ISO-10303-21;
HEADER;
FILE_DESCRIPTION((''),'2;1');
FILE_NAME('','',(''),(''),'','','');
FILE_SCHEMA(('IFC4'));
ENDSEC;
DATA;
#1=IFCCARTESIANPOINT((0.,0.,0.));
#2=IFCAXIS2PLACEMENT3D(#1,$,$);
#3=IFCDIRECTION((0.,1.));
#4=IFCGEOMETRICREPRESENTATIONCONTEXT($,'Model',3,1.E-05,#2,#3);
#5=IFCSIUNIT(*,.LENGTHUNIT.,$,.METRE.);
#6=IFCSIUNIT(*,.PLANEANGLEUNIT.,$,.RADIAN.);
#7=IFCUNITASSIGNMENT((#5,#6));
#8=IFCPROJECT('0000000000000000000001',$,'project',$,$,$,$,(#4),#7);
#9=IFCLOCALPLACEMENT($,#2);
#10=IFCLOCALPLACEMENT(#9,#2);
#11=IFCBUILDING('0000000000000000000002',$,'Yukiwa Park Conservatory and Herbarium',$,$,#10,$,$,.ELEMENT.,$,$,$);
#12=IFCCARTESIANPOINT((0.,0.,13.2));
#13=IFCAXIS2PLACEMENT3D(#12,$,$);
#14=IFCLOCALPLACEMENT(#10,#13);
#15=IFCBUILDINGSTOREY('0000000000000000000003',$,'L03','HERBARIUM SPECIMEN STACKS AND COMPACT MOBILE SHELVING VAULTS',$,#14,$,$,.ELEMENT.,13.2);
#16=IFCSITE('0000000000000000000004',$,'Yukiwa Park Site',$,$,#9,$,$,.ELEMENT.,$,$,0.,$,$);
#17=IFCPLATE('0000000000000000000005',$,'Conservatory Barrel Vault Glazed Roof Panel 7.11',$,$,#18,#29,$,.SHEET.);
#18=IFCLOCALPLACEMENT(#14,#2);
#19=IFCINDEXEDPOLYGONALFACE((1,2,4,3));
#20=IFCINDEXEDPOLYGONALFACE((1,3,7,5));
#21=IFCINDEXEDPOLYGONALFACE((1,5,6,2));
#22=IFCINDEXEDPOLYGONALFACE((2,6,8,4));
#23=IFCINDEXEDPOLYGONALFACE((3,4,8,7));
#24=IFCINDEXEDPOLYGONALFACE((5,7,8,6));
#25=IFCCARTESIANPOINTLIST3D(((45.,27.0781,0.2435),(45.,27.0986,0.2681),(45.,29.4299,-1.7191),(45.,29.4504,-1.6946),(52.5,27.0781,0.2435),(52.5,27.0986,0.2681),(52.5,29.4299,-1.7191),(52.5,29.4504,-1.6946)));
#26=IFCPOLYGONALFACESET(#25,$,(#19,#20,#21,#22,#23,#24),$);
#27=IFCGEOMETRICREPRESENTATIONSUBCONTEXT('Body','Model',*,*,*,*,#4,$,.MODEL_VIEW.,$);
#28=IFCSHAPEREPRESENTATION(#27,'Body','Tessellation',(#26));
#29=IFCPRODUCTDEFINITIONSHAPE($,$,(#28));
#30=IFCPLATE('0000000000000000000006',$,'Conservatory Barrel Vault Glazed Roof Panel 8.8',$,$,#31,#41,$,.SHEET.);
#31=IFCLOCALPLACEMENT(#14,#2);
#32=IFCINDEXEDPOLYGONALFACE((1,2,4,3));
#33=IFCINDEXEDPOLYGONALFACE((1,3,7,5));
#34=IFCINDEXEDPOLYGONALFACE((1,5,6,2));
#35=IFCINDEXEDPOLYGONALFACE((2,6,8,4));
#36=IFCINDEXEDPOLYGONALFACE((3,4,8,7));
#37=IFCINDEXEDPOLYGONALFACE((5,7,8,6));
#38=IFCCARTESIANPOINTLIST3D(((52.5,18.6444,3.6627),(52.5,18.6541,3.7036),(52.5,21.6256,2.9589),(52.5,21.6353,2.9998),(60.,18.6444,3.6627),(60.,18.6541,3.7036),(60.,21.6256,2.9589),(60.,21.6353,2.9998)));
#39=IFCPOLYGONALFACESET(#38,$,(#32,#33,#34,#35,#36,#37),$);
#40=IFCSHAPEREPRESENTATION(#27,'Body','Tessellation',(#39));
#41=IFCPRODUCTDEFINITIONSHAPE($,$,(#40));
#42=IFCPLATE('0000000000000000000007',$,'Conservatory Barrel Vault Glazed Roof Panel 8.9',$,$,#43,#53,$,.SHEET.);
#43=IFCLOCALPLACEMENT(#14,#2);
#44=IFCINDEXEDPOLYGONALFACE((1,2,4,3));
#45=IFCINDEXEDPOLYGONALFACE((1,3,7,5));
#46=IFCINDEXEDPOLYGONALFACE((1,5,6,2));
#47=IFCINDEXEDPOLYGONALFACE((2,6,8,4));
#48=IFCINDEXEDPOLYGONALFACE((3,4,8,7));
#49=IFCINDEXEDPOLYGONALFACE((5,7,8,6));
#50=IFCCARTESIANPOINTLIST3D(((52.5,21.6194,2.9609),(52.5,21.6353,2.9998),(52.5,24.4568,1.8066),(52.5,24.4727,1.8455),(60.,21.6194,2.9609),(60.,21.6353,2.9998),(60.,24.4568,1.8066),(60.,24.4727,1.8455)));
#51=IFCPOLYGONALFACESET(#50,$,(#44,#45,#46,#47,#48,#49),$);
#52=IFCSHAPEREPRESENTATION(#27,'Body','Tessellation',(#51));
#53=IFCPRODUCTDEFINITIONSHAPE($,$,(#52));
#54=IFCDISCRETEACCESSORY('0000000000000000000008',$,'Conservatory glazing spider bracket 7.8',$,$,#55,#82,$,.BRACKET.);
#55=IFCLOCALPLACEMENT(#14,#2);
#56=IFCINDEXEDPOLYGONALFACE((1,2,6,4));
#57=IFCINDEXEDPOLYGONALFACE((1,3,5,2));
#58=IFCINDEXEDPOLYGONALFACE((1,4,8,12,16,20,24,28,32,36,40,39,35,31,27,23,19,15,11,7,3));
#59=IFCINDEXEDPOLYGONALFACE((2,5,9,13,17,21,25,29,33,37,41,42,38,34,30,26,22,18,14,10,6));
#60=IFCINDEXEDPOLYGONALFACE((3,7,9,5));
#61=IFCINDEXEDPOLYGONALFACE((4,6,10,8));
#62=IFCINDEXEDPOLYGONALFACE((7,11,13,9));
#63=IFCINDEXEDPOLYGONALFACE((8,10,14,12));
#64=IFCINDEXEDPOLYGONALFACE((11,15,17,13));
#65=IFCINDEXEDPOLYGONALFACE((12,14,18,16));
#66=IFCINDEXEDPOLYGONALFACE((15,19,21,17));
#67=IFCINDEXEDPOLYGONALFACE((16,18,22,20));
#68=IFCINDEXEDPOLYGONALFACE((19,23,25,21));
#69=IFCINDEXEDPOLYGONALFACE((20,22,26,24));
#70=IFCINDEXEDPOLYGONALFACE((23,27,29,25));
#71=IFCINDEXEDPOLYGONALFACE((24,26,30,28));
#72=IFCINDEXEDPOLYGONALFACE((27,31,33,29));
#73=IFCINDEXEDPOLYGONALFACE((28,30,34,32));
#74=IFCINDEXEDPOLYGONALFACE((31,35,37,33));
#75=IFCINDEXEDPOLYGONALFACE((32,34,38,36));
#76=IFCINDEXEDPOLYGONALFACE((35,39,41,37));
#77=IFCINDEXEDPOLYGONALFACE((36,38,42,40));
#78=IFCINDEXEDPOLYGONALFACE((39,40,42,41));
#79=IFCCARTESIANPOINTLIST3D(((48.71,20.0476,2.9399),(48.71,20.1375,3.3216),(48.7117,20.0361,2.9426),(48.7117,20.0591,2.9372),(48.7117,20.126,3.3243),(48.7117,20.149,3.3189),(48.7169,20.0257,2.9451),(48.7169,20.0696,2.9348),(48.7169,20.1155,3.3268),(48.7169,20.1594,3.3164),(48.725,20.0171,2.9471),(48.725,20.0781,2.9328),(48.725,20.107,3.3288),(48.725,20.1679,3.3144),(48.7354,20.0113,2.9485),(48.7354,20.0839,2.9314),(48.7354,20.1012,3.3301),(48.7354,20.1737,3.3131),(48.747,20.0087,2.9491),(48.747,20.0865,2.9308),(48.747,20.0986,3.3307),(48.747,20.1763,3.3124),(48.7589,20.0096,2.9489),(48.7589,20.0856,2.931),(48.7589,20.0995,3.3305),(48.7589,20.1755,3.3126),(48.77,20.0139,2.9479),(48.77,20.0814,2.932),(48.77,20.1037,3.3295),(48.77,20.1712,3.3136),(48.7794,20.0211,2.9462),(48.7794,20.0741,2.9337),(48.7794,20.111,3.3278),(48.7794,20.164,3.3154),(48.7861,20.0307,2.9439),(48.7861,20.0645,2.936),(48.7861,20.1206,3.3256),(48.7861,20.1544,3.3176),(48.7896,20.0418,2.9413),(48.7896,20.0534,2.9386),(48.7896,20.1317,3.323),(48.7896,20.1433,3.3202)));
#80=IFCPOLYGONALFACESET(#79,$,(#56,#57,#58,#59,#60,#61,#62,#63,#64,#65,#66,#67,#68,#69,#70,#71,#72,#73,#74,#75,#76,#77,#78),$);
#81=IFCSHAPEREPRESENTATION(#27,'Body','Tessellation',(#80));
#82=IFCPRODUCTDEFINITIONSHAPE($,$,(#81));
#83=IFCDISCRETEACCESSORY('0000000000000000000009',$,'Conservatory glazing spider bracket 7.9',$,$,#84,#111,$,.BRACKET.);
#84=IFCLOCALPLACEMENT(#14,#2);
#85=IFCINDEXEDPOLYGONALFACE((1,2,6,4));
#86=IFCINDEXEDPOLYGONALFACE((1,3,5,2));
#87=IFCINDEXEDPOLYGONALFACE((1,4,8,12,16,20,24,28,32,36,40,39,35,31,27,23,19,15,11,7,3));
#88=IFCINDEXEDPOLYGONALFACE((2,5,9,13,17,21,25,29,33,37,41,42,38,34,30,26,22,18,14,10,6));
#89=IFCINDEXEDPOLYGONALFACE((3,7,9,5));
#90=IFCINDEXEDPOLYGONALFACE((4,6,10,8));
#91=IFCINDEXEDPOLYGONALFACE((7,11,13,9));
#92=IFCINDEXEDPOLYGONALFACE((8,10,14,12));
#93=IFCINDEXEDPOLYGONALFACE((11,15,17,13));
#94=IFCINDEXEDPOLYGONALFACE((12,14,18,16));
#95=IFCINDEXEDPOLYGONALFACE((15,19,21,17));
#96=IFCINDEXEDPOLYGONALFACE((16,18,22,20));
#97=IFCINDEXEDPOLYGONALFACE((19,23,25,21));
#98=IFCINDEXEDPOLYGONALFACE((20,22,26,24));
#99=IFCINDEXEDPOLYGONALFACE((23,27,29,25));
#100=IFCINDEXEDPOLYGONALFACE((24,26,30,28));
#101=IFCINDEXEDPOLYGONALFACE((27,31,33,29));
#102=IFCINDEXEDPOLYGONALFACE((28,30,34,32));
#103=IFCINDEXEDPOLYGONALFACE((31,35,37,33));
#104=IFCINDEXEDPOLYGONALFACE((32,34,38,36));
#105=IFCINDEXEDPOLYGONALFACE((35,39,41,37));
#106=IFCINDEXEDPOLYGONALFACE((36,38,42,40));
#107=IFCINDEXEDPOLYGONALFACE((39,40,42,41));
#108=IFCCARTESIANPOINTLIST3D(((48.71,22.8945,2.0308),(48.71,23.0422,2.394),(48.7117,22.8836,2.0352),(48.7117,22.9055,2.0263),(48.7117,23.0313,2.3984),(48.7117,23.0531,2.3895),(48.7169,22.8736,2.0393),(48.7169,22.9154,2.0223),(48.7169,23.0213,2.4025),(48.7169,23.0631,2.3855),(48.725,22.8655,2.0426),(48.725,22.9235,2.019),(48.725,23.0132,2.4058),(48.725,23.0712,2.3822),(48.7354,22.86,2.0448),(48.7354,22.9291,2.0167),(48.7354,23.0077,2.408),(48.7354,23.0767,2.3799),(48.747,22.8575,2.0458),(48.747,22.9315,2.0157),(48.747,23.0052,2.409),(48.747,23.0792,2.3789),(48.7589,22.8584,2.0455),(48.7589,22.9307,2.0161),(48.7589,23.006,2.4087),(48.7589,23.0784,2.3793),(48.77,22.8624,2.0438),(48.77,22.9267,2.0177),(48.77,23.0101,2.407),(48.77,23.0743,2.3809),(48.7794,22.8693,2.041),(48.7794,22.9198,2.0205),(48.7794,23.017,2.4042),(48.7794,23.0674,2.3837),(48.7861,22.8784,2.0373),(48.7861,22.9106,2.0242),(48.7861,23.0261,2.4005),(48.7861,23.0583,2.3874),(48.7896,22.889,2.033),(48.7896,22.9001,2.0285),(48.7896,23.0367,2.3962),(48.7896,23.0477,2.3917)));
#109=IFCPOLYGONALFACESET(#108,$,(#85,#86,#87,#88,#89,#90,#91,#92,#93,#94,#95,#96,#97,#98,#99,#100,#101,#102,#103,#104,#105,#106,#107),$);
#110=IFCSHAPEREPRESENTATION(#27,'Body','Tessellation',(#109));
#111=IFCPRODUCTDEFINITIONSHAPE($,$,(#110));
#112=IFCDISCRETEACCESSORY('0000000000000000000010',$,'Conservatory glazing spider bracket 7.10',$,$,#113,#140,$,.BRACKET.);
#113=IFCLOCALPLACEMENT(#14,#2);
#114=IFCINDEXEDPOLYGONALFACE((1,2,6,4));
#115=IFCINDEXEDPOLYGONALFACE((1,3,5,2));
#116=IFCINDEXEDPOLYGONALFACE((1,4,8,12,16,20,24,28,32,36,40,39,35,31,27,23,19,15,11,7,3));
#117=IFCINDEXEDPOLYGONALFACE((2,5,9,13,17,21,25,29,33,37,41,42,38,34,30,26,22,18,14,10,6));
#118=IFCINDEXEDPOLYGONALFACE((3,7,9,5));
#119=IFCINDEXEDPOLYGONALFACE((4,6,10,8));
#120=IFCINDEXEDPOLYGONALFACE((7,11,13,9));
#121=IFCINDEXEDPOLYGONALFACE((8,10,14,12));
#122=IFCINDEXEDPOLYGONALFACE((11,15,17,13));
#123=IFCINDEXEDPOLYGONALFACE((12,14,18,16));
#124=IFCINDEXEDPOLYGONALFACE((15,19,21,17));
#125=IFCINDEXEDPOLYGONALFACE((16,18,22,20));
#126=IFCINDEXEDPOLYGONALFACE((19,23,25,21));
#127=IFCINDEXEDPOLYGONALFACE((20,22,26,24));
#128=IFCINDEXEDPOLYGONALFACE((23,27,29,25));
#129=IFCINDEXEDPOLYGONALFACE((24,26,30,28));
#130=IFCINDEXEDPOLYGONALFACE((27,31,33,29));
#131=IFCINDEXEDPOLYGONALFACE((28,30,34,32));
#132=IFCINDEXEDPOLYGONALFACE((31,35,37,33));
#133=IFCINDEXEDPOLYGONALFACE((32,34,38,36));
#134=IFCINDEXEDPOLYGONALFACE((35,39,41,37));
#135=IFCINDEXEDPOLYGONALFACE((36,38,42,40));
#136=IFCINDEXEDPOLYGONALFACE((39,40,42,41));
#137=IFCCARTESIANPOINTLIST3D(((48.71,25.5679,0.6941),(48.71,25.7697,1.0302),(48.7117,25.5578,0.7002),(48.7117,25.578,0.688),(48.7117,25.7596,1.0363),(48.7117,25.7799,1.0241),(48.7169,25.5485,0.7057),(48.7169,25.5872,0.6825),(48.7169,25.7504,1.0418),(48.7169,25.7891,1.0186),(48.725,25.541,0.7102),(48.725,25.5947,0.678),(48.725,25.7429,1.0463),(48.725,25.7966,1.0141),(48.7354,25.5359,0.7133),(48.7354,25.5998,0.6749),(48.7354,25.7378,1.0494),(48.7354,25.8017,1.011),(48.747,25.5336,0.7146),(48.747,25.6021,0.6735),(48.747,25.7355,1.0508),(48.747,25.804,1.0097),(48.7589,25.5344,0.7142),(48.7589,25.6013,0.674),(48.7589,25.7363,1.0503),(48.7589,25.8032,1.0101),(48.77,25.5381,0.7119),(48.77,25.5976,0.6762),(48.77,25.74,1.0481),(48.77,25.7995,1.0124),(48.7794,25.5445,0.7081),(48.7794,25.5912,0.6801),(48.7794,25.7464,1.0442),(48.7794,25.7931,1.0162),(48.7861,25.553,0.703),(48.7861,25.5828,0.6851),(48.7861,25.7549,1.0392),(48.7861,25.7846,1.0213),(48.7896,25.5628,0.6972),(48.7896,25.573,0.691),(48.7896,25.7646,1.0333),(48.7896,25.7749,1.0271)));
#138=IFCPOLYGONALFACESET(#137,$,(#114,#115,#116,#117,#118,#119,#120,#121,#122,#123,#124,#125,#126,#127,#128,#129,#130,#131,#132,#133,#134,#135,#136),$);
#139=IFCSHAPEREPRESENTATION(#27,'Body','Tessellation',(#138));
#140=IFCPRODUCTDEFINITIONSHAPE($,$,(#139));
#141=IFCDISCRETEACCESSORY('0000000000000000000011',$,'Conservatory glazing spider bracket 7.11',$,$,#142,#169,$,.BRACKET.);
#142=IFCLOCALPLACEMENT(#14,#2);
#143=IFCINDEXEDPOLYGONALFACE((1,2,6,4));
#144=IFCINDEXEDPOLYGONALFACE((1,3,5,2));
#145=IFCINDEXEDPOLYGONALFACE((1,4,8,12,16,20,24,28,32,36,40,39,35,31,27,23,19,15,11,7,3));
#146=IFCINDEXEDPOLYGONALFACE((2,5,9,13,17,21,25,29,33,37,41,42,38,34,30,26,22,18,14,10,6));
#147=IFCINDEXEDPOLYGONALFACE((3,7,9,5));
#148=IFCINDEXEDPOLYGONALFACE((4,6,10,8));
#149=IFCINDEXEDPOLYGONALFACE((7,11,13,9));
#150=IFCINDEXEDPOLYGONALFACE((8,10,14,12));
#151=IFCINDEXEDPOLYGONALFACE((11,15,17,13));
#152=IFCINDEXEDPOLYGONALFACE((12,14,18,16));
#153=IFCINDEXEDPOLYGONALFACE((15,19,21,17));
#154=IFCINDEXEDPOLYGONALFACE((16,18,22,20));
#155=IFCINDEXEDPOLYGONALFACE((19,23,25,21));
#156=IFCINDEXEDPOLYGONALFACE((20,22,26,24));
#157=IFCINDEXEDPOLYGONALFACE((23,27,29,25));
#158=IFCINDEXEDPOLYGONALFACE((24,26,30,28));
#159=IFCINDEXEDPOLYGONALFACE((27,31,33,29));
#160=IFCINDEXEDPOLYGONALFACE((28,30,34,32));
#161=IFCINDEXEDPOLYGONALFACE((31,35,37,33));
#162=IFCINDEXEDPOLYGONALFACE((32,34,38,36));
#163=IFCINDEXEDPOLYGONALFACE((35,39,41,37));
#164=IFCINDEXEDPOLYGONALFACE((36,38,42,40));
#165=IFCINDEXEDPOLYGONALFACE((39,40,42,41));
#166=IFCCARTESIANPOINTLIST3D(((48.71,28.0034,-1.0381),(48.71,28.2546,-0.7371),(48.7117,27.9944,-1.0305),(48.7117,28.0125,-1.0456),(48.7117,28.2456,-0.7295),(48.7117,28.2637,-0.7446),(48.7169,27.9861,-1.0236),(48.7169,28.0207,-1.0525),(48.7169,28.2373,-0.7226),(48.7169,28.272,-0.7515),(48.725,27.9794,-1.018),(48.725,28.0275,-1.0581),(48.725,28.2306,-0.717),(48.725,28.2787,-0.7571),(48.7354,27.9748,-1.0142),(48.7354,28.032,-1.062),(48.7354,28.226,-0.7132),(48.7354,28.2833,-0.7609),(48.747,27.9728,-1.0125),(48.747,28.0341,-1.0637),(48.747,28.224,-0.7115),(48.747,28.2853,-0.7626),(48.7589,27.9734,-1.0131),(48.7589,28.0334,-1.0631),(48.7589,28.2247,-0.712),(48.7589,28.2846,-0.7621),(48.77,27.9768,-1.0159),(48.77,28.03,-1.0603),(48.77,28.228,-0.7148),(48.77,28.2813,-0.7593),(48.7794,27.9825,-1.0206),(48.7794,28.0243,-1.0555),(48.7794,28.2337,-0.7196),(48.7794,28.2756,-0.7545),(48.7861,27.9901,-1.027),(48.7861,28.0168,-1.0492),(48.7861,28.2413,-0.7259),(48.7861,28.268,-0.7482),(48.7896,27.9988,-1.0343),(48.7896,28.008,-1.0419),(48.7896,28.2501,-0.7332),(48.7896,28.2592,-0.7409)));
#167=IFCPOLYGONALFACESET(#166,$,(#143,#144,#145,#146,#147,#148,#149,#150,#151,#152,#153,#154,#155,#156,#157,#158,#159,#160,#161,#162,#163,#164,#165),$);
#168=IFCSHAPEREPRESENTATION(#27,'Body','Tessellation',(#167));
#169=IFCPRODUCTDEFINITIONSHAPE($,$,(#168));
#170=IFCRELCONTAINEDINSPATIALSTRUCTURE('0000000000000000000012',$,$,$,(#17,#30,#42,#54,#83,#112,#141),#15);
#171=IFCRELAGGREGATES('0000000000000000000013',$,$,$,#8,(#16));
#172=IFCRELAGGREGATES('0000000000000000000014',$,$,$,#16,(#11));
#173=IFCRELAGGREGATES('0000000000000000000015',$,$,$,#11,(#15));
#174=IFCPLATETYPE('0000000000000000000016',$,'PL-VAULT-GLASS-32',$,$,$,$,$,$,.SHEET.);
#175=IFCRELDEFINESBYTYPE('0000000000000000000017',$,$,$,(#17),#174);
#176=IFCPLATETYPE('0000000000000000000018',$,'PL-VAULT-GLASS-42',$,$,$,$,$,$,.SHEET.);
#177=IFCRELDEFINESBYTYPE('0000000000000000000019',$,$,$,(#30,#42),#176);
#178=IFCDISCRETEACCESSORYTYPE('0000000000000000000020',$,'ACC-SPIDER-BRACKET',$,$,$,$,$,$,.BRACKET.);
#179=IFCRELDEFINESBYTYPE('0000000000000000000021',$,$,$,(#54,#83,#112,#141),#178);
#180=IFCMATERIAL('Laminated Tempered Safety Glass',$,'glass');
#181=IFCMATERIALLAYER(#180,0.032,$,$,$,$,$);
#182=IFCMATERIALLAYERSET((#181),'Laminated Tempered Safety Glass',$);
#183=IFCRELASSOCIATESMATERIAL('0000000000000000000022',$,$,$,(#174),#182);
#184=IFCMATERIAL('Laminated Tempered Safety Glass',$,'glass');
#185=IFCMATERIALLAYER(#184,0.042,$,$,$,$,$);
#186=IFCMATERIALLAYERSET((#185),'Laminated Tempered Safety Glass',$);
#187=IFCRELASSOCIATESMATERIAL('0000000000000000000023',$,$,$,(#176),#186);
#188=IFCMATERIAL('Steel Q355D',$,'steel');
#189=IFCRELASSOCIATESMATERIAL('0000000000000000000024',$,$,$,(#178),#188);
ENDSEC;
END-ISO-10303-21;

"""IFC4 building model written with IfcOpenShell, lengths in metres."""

from ifc_helpers import new_model, si_unit, direction, frame, origin, origin_2d, place, context, subcontext, project, spatial, polyline, circle, outline, extrude, material, layer, layer_set, type_object, element, save


model = new_model("IFC4")

# Units and contexts
model_context = context("Model", 3, precision=1e-05, world=origin(), true_north=direction((0.0, 1.0)))
body_context = subcontext(model_context, "Body", "Model", "MODEL_VIEW")
ifc_project = project(units=[si_unit("LENGTHUNIT", "METRE"), si_unit("PLANEANGLEUNIT", "RADIAN")], contexts=[model_context])

# Site, building, storey
site_placement = place(None, origin())
site = spatial("IfcSite", under=ifc_project, at=site_placement, Name="Yukiwa Park Site", CompositionType="ELEMENT", RefElevation=0.0)
building_placement = place(site_placement, origin())
building = spatial("IfcBuilding", under=site, at=building_placement, Name="Yukiwa Park Conservatory and Herbarium", CompositionType="ELEMENT")
storey_placement = place(building_placement, frame((0.0, 0.0, 13.2)))
storey = spatial("IfcBuildingStorey", under=building, at=storey_placement, Name="L03", Description="HERBARIUM SPECIMEN STACKS AND COMPACT MOBILE SHELVING VAULTS", CompositionType="ELEMENT", Elevation=13.2)

# Plates
ifc_material_1 = material(Name="Laminated Tempered Safety Glass", Category="glass")
ifc_layer_1 = layer(ifc_material_1, 0.032)
ifc_layer_set_1 = layer_set([ifc_layer_1], Name="Laminated Tempered Safety Glass")
plate_type_1 = type_object("IfcPlateType", Name="PL-VAULT-GLASS-32", PredefinedType="SHEET", material=ifc_layer_set_1)
plate_1_placement = place(storey_placement, frame((45.0, 27.0986, 0.2681), z_axis=(0.0, 0.640725, 0.76777), x_axis=(1.0, 0.0, 0.0)))
element("IfcPlate", 1, at=plate_1_placement, inside=storey, type_object=plate_type_1, Name="Conservatory Barrel Vault Glazed Roof Panel 7.11", PredefinedType="SHEET", context=body_context, shape_type="SweptSolid", body=[
    extrude(outline(polyline([(0.0, 0.0), (7.5, 0.0), (7.5, 3.0632), (0.0, 3.0632), (0.0, 0.0)])), origin(), (0.0, 0.0, -1.0), 0.032),
])
ifc_material_2 = material(Name="Laminated Tempered Safety Glass", Category="glass")
ifc_layer_2 = layer(ifc_material_2, 0.042)
ifc_layer_set_2 = layer_set([ifc_layer_2], Name="Laminated Tempered Safety Glass")
plate_type_2 = type_object("IfcPlateType", Name="PL-VAULT-GLASS-42", PredefinedType="SHEET", material=ifc_layer_set_2)
plate_2_placement = place(storey_placement, frame((52.5, 18.6541, 3.7036), z_axis=(0.0, 0.229781, 0.973242), x_axis=(1.0, 0.0, 0.0)))
element("IfcPlate", 2, at=plate_2_placement, inside=storey, type_object=plate_type_2, Name="Conservatory Barrel Vault Glazed Roof Panel 8.8", PredefinedType="SHEET", context=body_context, shape_type="SweptSolid", body=[
    extrude(outline(polyline([(0.0, 0.0), (7.5, 0.0), (7.5, 3.0632), (0.0, 3.0632), (0.0, 0.0)])), origin(), (0.0, 0.0, -1.0), 0.042),
])
plate_3_placement = place(storey_placement, frame((52.5, 21.6353, 2.9998), z_axis=(0.0, 0.376826, 0.926284), x_axis=(1.0, 0.0, 0.0)))
element("IfcPlate", 3, at=plate_3_placement, inside=storey, type_object=plate_type_2, Name="Conservatory Barrel Vault Glazed Roof Panel 8.9", PredefinedType="SHEET", context=body_context, shape_type="SweptSolid", body=[
    extrude(outline(polyline([(0.0, 0.0), (7.5, 0.0), (7.5, 3.0632), (0.0, 3.0632), (0.0, 0.0)])), origin(), (0.0, 0.0, -1.0), 0.042),
])

# Discrete accessories
ifc_material_3 = material(Name="Steel Q355D", Category="steel")
discrete_accessory_type = type_object("IfcDiscreteAccessoryType", Name="ACC-SPIDER-BRACKET", PredefinedType="BRACKET", material=ifc_material_3)
for number, where, z_axis, x_axis, name in (
    (4, (48.75, 20.0476, 2.9399), (0.0, 0.229178, 0.973384), (-1.0, 0.0, 0.0), "Conservatory glazing spider bracket 7.8"),
    (5, (48.75, 22.8945, 2.0308), (0.0, 0.376644, 0.926358), (-1.0, 0.0, 0.0), "Conservatory glazing spider bracket 7.9"),
    (6, (48.75, 25.5679, 0.6941), (0.0, 0.514862, 0.857273), (-1.0, 0.0, 0.0), "Conservatory glazing spider bracket 7.10"),
    (7, (48.75, 28.0034, -1.0381), (0.0, 0.640735, 0.767762), (-1.0, 0.0, 0.0), "Conservatory glazing spider bracket 7.11"),
):
    element("IfcDiscreteAccessory", number, at=place(storey_placement, frame(where, z_axis=z_axis, x_axis=x_axis)), inside=storey, type_object=discrete_accessory_type, Name=name, PredefinedType="BRACKET", context=body_context, shape_type="SweptSolid", body=[
        extrude(circle(Radius=0.04, at=origin_2d()), origin(), (0.0, 0.0, 1.0), 0.3921),
    ])

save(model, "model.ifc")
